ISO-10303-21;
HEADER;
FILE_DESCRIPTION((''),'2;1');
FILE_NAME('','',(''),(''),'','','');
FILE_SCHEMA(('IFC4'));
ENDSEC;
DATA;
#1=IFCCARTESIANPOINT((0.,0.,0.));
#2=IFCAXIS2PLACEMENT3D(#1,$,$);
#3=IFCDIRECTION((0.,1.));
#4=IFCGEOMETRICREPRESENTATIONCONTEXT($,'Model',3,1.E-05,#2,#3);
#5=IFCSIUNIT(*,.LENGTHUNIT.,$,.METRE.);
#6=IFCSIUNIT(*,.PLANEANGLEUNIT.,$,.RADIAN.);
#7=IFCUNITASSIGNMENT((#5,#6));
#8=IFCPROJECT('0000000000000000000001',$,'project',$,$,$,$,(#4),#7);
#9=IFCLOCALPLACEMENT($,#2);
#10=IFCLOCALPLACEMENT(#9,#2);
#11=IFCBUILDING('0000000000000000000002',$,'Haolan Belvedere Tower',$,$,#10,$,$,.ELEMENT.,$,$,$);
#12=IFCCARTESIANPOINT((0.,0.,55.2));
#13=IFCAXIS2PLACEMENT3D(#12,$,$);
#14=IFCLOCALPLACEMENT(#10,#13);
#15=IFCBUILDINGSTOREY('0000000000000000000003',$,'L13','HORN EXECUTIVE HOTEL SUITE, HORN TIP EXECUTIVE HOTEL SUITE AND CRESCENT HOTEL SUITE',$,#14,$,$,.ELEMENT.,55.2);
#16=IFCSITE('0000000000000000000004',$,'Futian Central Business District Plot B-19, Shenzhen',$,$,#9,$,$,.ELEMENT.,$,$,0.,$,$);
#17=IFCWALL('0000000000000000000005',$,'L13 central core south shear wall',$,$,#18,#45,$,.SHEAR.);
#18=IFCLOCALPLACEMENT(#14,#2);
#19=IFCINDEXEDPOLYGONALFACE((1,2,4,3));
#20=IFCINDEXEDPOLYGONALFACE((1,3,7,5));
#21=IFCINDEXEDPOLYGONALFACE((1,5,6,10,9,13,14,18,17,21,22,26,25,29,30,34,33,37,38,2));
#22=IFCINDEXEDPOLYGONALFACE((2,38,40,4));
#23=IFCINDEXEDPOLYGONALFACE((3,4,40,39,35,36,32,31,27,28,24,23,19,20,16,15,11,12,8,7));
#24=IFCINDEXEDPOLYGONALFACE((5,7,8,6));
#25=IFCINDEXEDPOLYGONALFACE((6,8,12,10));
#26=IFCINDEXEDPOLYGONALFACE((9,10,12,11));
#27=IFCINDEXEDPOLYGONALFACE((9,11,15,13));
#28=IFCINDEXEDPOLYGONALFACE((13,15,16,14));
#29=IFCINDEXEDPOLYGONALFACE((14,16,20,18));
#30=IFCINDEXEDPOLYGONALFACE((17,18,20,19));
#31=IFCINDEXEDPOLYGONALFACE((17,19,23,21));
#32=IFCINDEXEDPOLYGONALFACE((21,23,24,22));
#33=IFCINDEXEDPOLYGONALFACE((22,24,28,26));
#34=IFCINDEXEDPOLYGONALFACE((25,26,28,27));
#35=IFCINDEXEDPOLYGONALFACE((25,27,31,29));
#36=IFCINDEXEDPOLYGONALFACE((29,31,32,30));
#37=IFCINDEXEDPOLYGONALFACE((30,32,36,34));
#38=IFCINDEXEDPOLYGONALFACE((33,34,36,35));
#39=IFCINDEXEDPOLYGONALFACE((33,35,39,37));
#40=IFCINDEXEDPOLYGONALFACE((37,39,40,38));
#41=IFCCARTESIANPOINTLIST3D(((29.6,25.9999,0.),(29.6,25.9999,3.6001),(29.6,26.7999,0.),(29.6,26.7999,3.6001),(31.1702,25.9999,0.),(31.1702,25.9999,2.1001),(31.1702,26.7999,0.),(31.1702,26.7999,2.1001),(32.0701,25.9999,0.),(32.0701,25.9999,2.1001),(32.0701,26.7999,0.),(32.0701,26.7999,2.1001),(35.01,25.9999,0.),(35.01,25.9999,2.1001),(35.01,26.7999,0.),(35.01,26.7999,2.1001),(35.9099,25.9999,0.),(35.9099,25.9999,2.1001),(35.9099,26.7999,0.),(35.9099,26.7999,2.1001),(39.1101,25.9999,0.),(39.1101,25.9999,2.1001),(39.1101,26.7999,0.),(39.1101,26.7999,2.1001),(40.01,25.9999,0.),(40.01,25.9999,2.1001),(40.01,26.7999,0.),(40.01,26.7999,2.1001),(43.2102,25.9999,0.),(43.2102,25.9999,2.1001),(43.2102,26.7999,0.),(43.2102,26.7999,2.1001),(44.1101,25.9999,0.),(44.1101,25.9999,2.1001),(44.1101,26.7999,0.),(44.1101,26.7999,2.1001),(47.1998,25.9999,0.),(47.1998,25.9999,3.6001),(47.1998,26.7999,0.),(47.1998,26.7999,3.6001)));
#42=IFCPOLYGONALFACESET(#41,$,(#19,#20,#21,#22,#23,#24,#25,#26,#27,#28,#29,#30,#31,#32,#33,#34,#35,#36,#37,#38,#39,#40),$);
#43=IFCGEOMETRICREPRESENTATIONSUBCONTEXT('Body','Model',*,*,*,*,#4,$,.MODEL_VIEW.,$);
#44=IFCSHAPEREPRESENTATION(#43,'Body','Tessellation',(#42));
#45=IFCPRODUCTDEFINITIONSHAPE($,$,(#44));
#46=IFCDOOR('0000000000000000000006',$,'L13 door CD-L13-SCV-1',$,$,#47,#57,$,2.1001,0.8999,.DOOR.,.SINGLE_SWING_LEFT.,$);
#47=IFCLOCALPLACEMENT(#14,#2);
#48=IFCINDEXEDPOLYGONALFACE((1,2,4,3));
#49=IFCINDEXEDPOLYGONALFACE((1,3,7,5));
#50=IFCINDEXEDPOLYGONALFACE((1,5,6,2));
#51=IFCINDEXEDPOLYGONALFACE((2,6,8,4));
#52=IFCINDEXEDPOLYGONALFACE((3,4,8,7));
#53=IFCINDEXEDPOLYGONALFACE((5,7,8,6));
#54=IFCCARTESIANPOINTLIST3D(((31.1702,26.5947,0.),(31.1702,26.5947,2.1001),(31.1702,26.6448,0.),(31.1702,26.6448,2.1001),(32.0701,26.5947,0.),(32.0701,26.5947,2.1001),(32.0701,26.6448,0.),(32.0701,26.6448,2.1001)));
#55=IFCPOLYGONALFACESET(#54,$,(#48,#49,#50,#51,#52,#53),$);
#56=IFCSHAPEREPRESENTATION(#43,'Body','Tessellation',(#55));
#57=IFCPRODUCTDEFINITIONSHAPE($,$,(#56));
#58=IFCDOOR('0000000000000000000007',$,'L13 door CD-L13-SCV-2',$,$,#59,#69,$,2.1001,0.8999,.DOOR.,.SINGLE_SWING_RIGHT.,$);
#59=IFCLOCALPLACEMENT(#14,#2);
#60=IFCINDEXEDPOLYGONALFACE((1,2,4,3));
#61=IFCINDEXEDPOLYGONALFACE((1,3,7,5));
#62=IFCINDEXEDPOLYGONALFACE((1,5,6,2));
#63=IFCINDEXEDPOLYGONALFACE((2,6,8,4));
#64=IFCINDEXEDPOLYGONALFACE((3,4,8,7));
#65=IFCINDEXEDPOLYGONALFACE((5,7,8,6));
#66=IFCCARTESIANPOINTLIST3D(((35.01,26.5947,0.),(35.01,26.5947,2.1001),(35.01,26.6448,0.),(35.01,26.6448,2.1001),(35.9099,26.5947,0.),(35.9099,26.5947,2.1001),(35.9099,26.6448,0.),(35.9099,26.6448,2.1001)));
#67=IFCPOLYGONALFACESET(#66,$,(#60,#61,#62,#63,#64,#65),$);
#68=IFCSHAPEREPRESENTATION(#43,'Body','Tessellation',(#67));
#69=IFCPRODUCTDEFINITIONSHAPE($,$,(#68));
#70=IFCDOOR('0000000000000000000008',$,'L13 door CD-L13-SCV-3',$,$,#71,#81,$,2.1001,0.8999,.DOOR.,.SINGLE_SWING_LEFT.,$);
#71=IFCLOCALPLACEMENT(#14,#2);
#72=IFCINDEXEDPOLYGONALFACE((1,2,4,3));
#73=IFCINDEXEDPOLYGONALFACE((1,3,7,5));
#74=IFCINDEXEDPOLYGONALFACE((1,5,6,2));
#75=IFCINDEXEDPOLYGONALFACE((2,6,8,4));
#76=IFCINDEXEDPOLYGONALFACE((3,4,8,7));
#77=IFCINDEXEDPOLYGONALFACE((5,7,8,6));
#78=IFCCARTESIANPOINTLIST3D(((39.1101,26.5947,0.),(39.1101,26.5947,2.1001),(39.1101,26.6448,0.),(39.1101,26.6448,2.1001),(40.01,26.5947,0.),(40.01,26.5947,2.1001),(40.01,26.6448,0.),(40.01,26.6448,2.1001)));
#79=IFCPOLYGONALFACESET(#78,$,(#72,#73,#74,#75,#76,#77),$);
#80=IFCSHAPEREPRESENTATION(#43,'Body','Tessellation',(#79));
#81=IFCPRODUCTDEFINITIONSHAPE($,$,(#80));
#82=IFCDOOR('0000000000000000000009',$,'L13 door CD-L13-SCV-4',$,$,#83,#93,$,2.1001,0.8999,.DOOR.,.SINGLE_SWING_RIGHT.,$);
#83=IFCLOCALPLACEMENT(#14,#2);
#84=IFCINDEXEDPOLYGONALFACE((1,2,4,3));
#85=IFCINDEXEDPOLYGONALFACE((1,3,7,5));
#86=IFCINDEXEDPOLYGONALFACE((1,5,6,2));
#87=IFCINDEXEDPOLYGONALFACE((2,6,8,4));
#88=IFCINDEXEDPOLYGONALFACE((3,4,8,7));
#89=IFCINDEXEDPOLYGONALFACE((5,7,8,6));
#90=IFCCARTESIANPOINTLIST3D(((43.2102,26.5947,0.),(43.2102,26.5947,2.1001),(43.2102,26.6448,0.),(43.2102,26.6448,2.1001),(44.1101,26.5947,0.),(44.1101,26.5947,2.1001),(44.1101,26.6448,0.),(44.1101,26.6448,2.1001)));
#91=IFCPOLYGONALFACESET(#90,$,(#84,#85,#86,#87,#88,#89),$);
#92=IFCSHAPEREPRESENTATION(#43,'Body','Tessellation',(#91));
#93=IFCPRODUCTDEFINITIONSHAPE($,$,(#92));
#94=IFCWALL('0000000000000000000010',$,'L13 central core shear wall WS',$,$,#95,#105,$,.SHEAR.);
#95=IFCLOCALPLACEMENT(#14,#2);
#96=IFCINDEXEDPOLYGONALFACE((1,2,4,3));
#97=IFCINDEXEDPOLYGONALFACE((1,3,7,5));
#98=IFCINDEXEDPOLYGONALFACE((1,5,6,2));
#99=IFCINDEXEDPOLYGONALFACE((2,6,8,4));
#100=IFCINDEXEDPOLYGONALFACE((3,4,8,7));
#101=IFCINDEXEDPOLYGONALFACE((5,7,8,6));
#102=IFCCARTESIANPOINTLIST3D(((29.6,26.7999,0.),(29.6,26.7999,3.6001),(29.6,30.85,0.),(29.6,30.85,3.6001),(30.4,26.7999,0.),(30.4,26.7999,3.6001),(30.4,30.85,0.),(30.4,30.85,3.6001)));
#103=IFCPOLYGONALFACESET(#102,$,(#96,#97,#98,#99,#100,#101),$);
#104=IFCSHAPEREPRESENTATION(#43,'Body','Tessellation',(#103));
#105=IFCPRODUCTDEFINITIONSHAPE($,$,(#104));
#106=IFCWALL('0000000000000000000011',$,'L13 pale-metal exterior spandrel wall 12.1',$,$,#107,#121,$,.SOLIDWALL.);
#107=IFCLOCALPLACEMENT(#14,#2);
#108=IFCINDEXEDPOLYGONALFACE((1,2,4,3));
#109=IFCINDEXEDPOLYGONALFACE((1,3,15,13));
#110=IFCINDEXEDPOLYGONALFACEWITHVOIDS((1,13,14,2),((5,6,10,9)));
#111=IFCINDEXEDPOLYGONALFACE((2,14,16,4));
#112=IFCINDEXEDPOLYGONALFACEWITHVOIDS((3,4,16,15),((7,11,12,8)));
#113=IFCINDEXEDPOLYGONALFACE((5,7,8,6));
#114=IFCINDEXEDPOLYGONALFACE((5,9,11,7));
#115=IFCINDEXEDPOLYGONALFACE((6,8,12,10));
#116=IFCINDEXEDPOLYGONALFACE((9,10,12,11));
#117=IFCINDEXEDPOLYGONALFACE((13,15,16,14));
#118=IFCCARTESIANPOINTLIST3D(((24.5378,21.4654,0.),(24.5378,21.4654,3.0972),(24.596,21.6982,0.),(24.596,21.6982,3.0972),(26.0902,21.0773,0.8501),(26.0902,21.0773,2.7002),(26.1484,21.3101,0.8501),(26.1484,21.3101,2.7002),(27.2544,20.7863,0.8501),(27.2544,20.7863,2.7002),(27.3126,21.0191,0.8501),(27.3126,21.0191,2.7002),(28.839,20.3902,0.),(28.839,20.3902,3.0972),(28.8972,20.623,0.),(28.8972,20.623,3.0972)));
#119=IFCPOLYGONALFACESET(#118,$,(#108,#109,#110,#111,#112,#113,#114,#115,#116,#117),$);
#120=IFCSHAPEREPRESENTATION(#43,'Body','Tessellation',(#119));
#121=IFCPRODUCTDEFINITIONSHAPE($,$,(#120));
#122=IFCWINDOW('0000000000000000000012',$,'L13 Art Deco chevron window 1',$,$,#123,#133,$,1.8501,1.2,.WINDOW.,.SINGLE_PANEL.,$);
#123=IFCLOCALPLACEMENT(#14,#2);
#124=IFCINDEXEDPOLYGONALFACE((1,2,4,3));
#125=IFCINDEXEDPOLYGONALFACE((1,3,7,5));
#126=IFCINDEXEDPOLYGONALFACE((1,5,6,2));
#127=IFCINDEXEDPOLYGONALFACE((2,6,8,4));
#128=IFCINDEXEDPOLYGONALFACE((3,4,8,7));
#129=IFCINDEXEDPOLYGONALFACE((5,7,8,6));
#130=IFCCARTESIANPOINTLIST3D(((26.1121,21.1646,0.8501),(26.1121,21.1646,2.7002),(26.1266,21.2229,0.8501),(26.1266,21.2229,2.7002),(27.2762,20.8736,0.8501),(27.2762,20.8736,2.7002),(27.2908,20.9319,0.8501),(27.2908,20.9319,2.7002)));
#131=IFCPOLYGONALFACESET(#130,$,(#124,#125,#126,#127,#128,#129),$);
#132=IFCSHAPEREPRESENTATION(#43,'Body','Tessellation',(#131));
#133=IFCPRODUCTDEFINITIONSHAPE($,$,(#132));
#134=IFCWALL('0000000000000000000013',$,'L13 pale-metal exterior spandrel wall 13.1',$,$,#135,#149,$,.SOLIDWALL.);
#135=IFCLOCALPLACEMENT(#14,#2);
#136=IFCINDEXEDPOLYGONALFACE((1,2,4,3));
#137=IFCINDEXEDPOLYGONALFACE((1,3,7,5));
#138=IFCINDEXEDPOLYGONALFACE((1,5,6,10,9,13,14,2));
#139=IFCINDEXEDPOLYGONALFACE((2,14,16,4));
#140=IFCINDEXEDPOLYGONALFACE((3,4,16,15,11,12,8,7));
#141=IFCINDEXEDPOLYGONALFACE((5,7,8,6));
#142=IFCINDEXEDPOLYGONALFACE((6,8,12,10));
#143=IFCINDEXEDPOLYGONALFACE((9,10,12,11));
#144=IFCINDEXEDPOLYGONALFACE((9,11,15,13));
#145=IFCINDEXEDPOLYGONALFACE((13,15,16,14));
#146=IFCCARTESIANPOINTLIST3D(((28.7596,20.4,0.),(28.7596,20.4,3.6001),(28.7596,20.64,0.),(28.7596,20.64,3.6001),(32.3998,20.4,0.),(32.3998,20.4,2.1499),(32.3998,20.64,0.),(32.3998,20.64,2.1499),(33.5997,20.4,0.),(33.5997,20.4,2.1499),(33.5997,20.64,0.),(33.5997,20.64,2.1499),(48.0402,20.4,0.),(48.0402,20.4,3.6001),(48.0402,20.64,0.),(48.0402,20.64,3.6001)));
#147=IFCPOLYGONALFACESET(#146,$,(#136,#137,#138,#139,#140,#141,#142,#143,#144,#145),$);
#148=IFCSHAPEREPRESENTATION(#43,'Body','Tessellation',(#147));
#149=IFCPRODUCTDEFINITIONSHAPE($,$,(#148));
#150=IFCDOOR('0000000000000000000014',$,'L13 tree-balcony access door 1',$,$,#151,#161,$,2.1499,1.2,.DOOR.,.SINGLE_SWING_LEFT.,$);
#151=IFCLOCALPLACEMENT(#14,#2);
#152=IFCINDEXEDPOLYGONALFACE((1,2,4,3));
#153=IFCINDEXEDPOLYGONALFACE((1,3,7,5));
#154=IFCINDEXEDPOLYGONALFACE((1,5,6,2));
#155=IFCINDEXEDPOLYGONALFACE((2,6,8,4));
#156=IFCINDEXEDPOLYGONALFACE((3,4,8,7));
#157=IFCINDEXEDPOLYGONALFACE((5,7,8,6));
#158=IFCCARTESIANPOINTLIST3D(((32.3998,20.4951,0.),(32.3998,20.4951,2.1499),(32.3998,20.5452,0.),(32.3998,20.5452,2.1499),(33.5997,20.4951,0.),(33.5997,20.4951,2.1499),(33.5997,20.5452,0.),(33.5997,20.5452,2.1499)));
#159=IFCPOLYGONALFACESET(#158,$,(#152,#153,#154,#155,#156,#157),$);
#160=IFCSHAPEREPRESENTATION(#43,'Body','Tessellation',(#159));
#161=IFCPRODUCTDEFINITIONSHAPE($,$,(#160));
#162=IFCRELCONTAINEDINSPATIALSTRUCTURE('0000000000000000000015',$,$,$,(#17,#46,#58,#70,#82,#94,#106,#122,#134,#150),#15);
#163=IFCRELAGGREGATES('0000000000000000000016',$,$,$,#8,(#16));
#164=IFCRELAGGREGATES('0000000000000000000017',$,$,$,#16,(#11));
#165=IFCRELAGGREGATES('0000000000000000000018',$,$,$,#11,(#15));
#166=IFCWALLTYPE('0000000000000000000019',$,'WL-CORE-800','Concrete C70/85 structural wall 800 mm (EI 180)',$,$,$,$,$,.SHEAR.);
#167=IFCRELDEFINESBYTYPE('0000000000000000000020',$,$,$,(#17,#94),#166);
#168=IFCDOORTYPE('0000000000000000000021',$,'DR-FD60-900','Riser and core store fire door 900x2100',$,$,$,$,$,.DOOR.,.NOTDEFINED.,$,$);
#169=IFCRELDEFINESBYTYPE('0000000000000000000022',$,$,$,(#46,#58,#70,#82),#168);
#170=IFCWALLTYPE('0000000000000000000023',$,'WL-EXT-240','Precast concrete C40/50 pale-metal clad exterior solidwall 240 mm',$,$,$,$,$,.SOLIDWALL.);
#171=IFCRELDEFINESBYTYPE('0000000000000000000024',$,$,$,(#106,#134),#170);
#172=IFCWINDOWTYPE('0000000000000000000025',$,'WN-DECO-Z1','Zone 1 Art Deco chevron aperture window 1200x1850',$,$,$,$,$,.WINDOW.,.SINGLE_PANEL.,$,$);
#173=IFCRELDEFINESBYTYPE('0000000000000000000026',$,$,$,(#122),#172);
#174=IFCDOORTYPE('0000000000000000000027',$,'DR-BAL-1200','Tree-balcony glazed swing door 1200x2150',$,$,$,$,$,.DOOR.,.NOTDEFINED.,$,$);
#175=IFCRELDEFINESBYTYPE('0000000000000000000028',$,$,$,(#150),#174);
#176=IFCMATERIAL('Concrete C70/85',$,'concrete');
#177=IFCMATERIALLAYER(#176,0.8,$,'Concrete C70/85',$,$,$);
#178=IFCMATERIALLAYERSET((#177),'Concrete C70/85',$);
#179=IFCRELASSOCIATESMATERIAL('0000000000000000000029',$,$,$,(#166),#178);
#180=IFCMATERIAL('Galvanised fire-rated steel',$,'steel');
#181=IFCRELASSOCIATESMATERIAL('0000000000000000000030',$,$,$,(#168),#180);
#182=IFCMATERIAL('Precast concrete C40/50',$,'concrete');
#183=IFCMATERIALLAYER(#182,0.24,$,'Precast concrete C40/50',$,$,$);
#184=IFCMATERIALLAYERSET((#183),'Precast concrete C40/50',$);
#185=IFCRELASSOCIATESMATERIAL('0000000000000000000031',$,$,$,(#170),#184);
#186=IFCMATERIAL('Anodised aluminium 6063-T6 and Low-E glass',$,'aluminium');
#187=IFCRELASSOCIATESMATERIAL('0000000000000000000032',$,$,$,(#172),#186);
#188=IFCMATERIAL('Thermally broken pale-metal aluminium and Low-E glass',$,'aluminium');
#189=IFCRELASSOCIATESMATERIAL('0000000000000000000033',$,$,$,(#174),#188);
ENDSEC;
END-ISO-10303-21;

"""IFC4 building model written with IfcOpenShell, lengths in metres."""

from ifc_helpers import new_model, si_unit, direction, frame, frame_2d, origin, place, context, subcontext, project, spatial, rectangle, extrude, material, layer, layer_set, type_object, element, fill, save


model = new_model("IFC4")

# Units and contexts
model_context = context("Model", 3, precision=1e-05, world=origin(), true_north=direction((0.0, 1.0)))
body_context = subcontext(model_context, "Body", "Model", "MODEL_VIEW")
ifc_project = project(units=[si_unit("LENGTHUNIT", "METRE"), si_unit("PLANEANGLEUNIT", "RADIAN")], contexts=[model_context])

# Site, building, storey
site_placement = place(None, origin())
site = spatial("IfcSite", under=ifc_project, at=site_placement, Name="Futian Central Business District Plot B-19, Shenzhen", CompositionType="ELEMENT", RefElevation=0.0)
building_placement = place(site_placement, origin())
building = spatial("IfcBuilding", under=site, at=building_placement, Name="Haolan Belvedere Tower", CompositionType="ELEMENT")
storey_placement = place(building_placement, frame((0.0, 0.0, 55.2)))
storey = spatial("IfcBuildingStorey", under=building, at=storey_placement, Name="L13", Description="HORN EXECUTIVE HOTEL SUITE, HORN TIP EXECUTIVE HOTEL SUITE AND CRESCENT HOTEL SUITE", CompositionType="ELEMENT", Elevation=55.2)

# Wall, openings, doors
ifc_material_1 = material(Name="Concrete C70/85", Category="concrete")
ifc_layer_1 = layer(ifc_material_1, 0.8, Name="Concrete C70/85")
ifc_layer_set_1 = layer_set([ifc_layer_1], Name="Concrete C70/85")
wall_type_1 = type_object("IfcWallType", Name="WL-CORE-800", Description="Concrete C70/85 structural wall 800 mm (EI 180)", PredefinedType="SHEAR", material=ifc_layer_set_1)
wall_1_placement = place(storey_placement, frame((29.6001, 26.3999, 0.0), z_axis=(0.0, 0.0, 1.0), x_axis=(1.0, 0.0, 0.0)))
wall_1 = element("IfcWall", 1, at=wall_1_placement, inside=storey, type_object=wall_type_1, Name="L13 central core south shear wall", PredefinedType="SHEAR", context=body_context, shape_type="SweptSolid", body=[
    extrude(rectangle(XDim=17.5999, YDim=0.8, at=frame_2d((8.7998, 0.0))), origin(), (0.0, 0.0, 1.0), 3.6001),
])
opening_1_placement = place(wall_1_placement, frame((2.47, 0.0, 0.0), z_axis=(0.0, 0.0, 1.0), x_axis=(-1.0, 0.0, 0.0)))
opening_1 = element("IfcOpeningElement", 2, at=opening_1_placement, cuts=wall_1, PredefinedType="OPENING", context=body_context, shape_type="SweptSolid", body=[
    extrude(rectangle(XDim=0.8999, YDim=2.1001, at=frame_2d((0.45, 1.05))), frame((0.0, 0.4099, 0.0), z_axis=(0.0, -1.0, 0.0), x_axis=(1.0, 0.0, 0.0)), (0.0, 0.0, 1.0), 0.8201),
])
opening_2_placement = place(wall_1_placement, frame((6.3098, 0.0, 0.0), z_axis=(0.0, 0.0, 1.0), x_axis=(-1.0, 0.0, 0.0)))
opening_2 = element("IfcOpeningElement", 3, at=opening_2_placement, cuts=wall_1, PredefinedType="OPENING", context=body_context, shape_type="SweptSolid", body=[
    extrude(rectangle(XDim=0.8999, YDim=2.1001, at=frame_2d((0.45, 1.05))), frame((0.0, 0.4099, 0.0), z_axis=(0.0, -1.0, 0.0), x_axis=(1.0, 0.0, 0.0)), (0.0, 0.0, 1.0), 0.8201),
])
opening_3_placement = place(wall_1_placement, frame((10.4099, 0.0, 0.0), z_axis=(0.0, 0.0, 1.0), x_axis=(-1.0, 0.0, 0.0)))
opening_3 = element("IfcOpeningElement", 4, at=opening_3_placement, cuts=wall_1, PredefinedType="OPENING", context=body_context, shape_type="SweptSolid", body=[
    extrude(rectangle(XDim=0.8999, YDim=2.1001, at=frame_2d((0.45, 1.05))), frame((0.0, 0.4099, 0.0), z_axis=(0.0, -1.0, 0.0), x_axis=(1.0, 0.0, 0.0)), (0.0, 0.0, 1.0), 0.8201),
])
opening_4_placement = place(wall_1_placement, frame((14.51, 0.0, 0.0), z_axis=(0.0, 0.0, 1.0), x_axis=(-1.0, 0.0, 0.0)))
opening_4 = element("IfcOpeningElement", 5, at=opening_4_placement, cuts=wall_1, PredefinedType="OPENING", context=body_context, shape_type="SweptSolid", body=[
    extrude(rectangle(XDim=0.8999, YDim=2.1001, at=frame_2d((0.45, 1.05))), frame((0.0, 0.4099, 0.0), z_axis=(0.0, -1.0, 0.0), x_axis=(1.0, 0.0, 0.0)), (0.0, 0.0, 1.0), 0.8201),
])
ifc_material_2 = material(Name="Galvanised fire-rated steel", Category="steel")
door_type_1 = type_object("IfcDoorType", Name="DR-FD60-900", Description="Riser and core store fire door 900x2100", OperationType="NOTDEFINED", PredefinedType="DOOR", material=ifc_material_2)
door_1_placement = place(opening_1_placement, origin())
door_1 = element("IfcDoor", 6, at=door_1_placement, inside=storey, type_object=door_type_1, Name="L13 door CD-L13-SCV-1", OperationType="SINGLE_SWING_LEFT", OverallHeight=2.1001, OverallWidth=0.8999, PredefinedType="DOOR", context=body_context, shape_type="SweptSolid", body=[
    extrude(rectangle(XDim=0.8999, YDim=2.1001, at=frame_2d((0.45, 1.05))), frame((0.0, -0.1948, 0.0), z_axis=(0.0, -1.0, 0.0), x_axis=(1.0, 0.0, 0.0)), (0.0, 0.0, 1.0), 0.05),
])
fill(opening_1, door_1)
door_2_placement = place(opening_2_placement, origin())
door_2 = element("IfcDoor", 7, at=door_2_placement, inside=storey, type_object=door_type_1, Name="L13 door CD-L13-SCV-2", OperationType="SINGLE_SWING_RIGHT", OverallHeight=2.1001, OverallWidth=0.8999, PredefinedType="DOOR", context=body_context, shape_type="SweptSolid", body=[
    extrude(rectangle(XDim=0.8999, YDim=2.1001, at=frame_2d((0.45, 1.05))), frame((0.0, -0.1948, 0.0), z_axis=(0.0, -1.0, 0.0), x_axis=(1.0, 0.0, 0.0)), (0.0, 0.0, 1.0), 0.05),
])
fill(opening_2, door_2)
door_3_placement = place(opening_3_placement, origin())
door_3 = element("IfcDoor", 8, at=door_3_placement, inside=storey, type_object=door_type_1, Name="L13 door CD-L13-SCV-3", OperationType="SINGLE_SWING_LEFT", OverallHeight=2.1001, OverallWidth=0.8999, PredefinedType="DOOR", context=body_context, shape_type="SweptSolid", body=[
    extrude(rectangle(XDim=0.8999, YDim=2.1001, at=frame_2d((0.45, 1.05))), frame((0.0, -0.1948, 0.0), z_axis=(0.0, -1.0, 0.0), x_axis=(1.0, 0.0, 0.0)), (0.0, 0.0, 1.0), 0.05),
])
fill(opening_3, door_3)
door_4_placement = place(opening_4_placement, origin())
door_4 = element("IfcDoor", 9, at=door_4_placement, inside=storey, type_object=door_type_1, Name="L13 door CD-L13-SCV-4", OperationType="SINGLE_SWING_RIGHT", OverallHeight=2.1001, OverallWidth=0.8999, PredefinedType="DOOR", context=body_context, shape_type="SweptSolid", body=[
    extrude(rectangle(XDim=0.8999, YDim=2.1001, at=frame_2d((0.45, 1.05))), frame((0.0, -0.1948, 0.0), z_axis=(0.0, -1.0, 0.0), x_axis=(1.0, 0.0, 0.0)), (0.0, 0.0, 1.0), 0.05),
])
fill(opening_4, door_4)

# Wall
wall_2_placement = place(storey_placement, frame((30.0, 26.8, 0.0), z_axis=(0.0, 0.0, 1.0), x_axis=(0.0, 1.0, 0.0)))
element("IfcWall", 10, at=wall_2_placement, inside=storey, type_object=wall_type_1, Name="L13 central core shear wall WS", PredefinedType="SHEAR", context=body_context, shape_type="SweptSolid", body=[
    extrude(rectangle(XDim=4.05, YDim=0.8, at=frame_2d((2.0249, 0.0))), origin(), (0.0, 0.0, 1.0), 3.6001),
])

# Wall, opening, window
ifc_material_3 = material(Name="Precast concrete C40/50", Category="concrete")
ifc_layer_2 = layer(ifc_material_3, 0.24, Name="Precast concrete C40/50")
ifc_layer_set_2 = layer_set([ifc_layer_2], Name="Precast concrete C40/50")
wall_type_2 = type_object("IfcWallType", Name="WL-EXT-240", Description="Precast concrete C40/50 pale-metal clad exterior solidwall 240 mm", PredefinedType="SOLIDWALL", material=ifc_layer_set_2)
wall_3_placement = place(storey_placement, frame((24.5669, 21.5818, 0.0), z_axis=(0.0, 0.0, 1.0), x_axis=(0.970149, -0.24251, 0.0)))
wall_3 = element("IfcWall", 11, at=wall_3_placement, inside=storey, type_object=wall_type_2, Name="L13 pale-metal exterior spandrel wall 12.1", PredefinedType="SOLIDWALL", context=body_context, shape_type="SweptSolid", body=[
    extrude(rectangle(XDim=4.4336, YDim=0.24, at=frame_2d((2.2168, 0.0))), origin(), (0.0, 0.0, 1.0), 3.0972),
])
opening_5_placement = place(wall_3_placement, frame((1.6001, 0.0, 0.8501)))
opening_5 = element("IfcOpeningElement", 12, at=opening_5_placement, cuts=wall_3, PredefinedType="OPENING", context=body_context, shape_type="SweptSolid", body=[
    extrude(rectangle(XDim=1.2, YDim=1.8501, at=frame_2d((0.6001, 0.925))), frame((0.0, 0.1299, 0.0), z_axis=(0.0, -1.0, 0.0), x_axis=(1.0, 0.0, 0.0)), (0.0, 0.0, 1.0), 0.26),
])
ifc_material_4 = material(Name="Anodised aluminium 6063-T6 and Low-E glass", Category="aluminium")
window_type = type_object("IfcWindowType", Name="WN-DECO-Z1", Description="Zone 1 Art Deco chevron aperture window 1200x1850", PartitioningType="SINGLE_PANEL", PredefinedType="WINDOW", material=ifc_material_4)
window_placement = place(opening_5_placement, origin())
window = element("IfcWindow", 13, at=window_placement, inside=storey, type_object=window_type, Name="L13 Art Deco chevron window 1", OverallHeight=1.8501, OverallWidth=1.2, PartitioningType="SINGLE_PANEL", PredefinedType="WINDOW", context=body_context, shape_type="SweptSolid", body=[
    extrude(rectangle(XDim=1.2, YDim=1.8501, at=frame_2d((0.6001, 0.925))), frame((0.0, 0.03, 0.0), z_axis=(0.0, -1.0, 0.0), x_axis=(1.0, 0.0, 0.0)), (0.0, 0.0, 1.0), 0.0601),
])
fill(opening_5, window)

# Wall, opening, door
wall_4_placement = place(storey_placement, frame((28.7598, 20.52, 0.0), z_axis=(0.0, 0.0, 1.0), x_axis=(1.0, 0.0, 0.0)))
wall_4 = element("IfcWall", 14, at=wall_4_placement, inside=storey, type_object=wall_type_2, Name="L13 pale-metal exterior spandrel wall 13.1", PredefinedType="SOLIDWALL", context=body_context, shape_type="SweptSolid", body=[
    extrude(rectangle(XDim=19.2805, YDim=0.24, at=frame_2d((9.6401, 0.0))), origin(), (0.0, 0.0, 1.0), 3.6001),
])
opening_6_placement = place(wall_4_placement, frame((4.8401, 0.0, 0.0), z_axis=(0.0, 0.0, 1.0), x_axis=(-1.0, 0.0, 0.0)))
opening_6 = element("IfcOpeningElement", 15, at=opening_6_placement, cuts=wall_4, PredefinedType="OPENING", context=body_context, shape_type="SweptSolid", body=[
    extrude(rectangle(XDim=1.2, YDim=2.1499, at=frame_2d((0.6001, 1.075))), frame((0.0, 0.1299, 0.0), z_axis=(0.0, -1.0, 0.0), x_axis=(1.0, 0.0, 0.0)), (0.0, 0.0, 1.0), 0.26),
])
ifc_material_5 = material(Name="Thermally broken pale-metal aluminium and Low-E glass", Category="aluminium")
door_type_2 = type_object("IfcDoorType", Name="DR-BAL-1200", Description="Tree-balcony glazed swing door 1200x2150", OperationType="NOTDEFINED", PredefinedType="DOOR", material=ifc_material_5)
door_5_placement = place(opening_6_placement, origin())
door_5 = element("IfcDoor", 16, at=door_5_placement, inside=storey, type_object=door_type_2, Name="L13 tree-balcony access door 1", OperationType="SINGLE_SWING_LEFT", OverallHeight=2.1499, OverallWidth=1.2, PredefinedType="DOOR", context=body_context, shape_type="SweptSolid", body=[
    extrude(rectangle(XDim=1.2, YDim=2.1499, at=frame_2d((0.6001, 1.075))), frame((0.0, 0.0249, 0.0), z_axis=(0.0, -1.0, 0.0), x_axis=(1.0, 0.0, 0.0)), (0.0, 0.0, 1.0), 0.05),
])
fill(opening_6, door_5)

save(model, "model.ifc")
